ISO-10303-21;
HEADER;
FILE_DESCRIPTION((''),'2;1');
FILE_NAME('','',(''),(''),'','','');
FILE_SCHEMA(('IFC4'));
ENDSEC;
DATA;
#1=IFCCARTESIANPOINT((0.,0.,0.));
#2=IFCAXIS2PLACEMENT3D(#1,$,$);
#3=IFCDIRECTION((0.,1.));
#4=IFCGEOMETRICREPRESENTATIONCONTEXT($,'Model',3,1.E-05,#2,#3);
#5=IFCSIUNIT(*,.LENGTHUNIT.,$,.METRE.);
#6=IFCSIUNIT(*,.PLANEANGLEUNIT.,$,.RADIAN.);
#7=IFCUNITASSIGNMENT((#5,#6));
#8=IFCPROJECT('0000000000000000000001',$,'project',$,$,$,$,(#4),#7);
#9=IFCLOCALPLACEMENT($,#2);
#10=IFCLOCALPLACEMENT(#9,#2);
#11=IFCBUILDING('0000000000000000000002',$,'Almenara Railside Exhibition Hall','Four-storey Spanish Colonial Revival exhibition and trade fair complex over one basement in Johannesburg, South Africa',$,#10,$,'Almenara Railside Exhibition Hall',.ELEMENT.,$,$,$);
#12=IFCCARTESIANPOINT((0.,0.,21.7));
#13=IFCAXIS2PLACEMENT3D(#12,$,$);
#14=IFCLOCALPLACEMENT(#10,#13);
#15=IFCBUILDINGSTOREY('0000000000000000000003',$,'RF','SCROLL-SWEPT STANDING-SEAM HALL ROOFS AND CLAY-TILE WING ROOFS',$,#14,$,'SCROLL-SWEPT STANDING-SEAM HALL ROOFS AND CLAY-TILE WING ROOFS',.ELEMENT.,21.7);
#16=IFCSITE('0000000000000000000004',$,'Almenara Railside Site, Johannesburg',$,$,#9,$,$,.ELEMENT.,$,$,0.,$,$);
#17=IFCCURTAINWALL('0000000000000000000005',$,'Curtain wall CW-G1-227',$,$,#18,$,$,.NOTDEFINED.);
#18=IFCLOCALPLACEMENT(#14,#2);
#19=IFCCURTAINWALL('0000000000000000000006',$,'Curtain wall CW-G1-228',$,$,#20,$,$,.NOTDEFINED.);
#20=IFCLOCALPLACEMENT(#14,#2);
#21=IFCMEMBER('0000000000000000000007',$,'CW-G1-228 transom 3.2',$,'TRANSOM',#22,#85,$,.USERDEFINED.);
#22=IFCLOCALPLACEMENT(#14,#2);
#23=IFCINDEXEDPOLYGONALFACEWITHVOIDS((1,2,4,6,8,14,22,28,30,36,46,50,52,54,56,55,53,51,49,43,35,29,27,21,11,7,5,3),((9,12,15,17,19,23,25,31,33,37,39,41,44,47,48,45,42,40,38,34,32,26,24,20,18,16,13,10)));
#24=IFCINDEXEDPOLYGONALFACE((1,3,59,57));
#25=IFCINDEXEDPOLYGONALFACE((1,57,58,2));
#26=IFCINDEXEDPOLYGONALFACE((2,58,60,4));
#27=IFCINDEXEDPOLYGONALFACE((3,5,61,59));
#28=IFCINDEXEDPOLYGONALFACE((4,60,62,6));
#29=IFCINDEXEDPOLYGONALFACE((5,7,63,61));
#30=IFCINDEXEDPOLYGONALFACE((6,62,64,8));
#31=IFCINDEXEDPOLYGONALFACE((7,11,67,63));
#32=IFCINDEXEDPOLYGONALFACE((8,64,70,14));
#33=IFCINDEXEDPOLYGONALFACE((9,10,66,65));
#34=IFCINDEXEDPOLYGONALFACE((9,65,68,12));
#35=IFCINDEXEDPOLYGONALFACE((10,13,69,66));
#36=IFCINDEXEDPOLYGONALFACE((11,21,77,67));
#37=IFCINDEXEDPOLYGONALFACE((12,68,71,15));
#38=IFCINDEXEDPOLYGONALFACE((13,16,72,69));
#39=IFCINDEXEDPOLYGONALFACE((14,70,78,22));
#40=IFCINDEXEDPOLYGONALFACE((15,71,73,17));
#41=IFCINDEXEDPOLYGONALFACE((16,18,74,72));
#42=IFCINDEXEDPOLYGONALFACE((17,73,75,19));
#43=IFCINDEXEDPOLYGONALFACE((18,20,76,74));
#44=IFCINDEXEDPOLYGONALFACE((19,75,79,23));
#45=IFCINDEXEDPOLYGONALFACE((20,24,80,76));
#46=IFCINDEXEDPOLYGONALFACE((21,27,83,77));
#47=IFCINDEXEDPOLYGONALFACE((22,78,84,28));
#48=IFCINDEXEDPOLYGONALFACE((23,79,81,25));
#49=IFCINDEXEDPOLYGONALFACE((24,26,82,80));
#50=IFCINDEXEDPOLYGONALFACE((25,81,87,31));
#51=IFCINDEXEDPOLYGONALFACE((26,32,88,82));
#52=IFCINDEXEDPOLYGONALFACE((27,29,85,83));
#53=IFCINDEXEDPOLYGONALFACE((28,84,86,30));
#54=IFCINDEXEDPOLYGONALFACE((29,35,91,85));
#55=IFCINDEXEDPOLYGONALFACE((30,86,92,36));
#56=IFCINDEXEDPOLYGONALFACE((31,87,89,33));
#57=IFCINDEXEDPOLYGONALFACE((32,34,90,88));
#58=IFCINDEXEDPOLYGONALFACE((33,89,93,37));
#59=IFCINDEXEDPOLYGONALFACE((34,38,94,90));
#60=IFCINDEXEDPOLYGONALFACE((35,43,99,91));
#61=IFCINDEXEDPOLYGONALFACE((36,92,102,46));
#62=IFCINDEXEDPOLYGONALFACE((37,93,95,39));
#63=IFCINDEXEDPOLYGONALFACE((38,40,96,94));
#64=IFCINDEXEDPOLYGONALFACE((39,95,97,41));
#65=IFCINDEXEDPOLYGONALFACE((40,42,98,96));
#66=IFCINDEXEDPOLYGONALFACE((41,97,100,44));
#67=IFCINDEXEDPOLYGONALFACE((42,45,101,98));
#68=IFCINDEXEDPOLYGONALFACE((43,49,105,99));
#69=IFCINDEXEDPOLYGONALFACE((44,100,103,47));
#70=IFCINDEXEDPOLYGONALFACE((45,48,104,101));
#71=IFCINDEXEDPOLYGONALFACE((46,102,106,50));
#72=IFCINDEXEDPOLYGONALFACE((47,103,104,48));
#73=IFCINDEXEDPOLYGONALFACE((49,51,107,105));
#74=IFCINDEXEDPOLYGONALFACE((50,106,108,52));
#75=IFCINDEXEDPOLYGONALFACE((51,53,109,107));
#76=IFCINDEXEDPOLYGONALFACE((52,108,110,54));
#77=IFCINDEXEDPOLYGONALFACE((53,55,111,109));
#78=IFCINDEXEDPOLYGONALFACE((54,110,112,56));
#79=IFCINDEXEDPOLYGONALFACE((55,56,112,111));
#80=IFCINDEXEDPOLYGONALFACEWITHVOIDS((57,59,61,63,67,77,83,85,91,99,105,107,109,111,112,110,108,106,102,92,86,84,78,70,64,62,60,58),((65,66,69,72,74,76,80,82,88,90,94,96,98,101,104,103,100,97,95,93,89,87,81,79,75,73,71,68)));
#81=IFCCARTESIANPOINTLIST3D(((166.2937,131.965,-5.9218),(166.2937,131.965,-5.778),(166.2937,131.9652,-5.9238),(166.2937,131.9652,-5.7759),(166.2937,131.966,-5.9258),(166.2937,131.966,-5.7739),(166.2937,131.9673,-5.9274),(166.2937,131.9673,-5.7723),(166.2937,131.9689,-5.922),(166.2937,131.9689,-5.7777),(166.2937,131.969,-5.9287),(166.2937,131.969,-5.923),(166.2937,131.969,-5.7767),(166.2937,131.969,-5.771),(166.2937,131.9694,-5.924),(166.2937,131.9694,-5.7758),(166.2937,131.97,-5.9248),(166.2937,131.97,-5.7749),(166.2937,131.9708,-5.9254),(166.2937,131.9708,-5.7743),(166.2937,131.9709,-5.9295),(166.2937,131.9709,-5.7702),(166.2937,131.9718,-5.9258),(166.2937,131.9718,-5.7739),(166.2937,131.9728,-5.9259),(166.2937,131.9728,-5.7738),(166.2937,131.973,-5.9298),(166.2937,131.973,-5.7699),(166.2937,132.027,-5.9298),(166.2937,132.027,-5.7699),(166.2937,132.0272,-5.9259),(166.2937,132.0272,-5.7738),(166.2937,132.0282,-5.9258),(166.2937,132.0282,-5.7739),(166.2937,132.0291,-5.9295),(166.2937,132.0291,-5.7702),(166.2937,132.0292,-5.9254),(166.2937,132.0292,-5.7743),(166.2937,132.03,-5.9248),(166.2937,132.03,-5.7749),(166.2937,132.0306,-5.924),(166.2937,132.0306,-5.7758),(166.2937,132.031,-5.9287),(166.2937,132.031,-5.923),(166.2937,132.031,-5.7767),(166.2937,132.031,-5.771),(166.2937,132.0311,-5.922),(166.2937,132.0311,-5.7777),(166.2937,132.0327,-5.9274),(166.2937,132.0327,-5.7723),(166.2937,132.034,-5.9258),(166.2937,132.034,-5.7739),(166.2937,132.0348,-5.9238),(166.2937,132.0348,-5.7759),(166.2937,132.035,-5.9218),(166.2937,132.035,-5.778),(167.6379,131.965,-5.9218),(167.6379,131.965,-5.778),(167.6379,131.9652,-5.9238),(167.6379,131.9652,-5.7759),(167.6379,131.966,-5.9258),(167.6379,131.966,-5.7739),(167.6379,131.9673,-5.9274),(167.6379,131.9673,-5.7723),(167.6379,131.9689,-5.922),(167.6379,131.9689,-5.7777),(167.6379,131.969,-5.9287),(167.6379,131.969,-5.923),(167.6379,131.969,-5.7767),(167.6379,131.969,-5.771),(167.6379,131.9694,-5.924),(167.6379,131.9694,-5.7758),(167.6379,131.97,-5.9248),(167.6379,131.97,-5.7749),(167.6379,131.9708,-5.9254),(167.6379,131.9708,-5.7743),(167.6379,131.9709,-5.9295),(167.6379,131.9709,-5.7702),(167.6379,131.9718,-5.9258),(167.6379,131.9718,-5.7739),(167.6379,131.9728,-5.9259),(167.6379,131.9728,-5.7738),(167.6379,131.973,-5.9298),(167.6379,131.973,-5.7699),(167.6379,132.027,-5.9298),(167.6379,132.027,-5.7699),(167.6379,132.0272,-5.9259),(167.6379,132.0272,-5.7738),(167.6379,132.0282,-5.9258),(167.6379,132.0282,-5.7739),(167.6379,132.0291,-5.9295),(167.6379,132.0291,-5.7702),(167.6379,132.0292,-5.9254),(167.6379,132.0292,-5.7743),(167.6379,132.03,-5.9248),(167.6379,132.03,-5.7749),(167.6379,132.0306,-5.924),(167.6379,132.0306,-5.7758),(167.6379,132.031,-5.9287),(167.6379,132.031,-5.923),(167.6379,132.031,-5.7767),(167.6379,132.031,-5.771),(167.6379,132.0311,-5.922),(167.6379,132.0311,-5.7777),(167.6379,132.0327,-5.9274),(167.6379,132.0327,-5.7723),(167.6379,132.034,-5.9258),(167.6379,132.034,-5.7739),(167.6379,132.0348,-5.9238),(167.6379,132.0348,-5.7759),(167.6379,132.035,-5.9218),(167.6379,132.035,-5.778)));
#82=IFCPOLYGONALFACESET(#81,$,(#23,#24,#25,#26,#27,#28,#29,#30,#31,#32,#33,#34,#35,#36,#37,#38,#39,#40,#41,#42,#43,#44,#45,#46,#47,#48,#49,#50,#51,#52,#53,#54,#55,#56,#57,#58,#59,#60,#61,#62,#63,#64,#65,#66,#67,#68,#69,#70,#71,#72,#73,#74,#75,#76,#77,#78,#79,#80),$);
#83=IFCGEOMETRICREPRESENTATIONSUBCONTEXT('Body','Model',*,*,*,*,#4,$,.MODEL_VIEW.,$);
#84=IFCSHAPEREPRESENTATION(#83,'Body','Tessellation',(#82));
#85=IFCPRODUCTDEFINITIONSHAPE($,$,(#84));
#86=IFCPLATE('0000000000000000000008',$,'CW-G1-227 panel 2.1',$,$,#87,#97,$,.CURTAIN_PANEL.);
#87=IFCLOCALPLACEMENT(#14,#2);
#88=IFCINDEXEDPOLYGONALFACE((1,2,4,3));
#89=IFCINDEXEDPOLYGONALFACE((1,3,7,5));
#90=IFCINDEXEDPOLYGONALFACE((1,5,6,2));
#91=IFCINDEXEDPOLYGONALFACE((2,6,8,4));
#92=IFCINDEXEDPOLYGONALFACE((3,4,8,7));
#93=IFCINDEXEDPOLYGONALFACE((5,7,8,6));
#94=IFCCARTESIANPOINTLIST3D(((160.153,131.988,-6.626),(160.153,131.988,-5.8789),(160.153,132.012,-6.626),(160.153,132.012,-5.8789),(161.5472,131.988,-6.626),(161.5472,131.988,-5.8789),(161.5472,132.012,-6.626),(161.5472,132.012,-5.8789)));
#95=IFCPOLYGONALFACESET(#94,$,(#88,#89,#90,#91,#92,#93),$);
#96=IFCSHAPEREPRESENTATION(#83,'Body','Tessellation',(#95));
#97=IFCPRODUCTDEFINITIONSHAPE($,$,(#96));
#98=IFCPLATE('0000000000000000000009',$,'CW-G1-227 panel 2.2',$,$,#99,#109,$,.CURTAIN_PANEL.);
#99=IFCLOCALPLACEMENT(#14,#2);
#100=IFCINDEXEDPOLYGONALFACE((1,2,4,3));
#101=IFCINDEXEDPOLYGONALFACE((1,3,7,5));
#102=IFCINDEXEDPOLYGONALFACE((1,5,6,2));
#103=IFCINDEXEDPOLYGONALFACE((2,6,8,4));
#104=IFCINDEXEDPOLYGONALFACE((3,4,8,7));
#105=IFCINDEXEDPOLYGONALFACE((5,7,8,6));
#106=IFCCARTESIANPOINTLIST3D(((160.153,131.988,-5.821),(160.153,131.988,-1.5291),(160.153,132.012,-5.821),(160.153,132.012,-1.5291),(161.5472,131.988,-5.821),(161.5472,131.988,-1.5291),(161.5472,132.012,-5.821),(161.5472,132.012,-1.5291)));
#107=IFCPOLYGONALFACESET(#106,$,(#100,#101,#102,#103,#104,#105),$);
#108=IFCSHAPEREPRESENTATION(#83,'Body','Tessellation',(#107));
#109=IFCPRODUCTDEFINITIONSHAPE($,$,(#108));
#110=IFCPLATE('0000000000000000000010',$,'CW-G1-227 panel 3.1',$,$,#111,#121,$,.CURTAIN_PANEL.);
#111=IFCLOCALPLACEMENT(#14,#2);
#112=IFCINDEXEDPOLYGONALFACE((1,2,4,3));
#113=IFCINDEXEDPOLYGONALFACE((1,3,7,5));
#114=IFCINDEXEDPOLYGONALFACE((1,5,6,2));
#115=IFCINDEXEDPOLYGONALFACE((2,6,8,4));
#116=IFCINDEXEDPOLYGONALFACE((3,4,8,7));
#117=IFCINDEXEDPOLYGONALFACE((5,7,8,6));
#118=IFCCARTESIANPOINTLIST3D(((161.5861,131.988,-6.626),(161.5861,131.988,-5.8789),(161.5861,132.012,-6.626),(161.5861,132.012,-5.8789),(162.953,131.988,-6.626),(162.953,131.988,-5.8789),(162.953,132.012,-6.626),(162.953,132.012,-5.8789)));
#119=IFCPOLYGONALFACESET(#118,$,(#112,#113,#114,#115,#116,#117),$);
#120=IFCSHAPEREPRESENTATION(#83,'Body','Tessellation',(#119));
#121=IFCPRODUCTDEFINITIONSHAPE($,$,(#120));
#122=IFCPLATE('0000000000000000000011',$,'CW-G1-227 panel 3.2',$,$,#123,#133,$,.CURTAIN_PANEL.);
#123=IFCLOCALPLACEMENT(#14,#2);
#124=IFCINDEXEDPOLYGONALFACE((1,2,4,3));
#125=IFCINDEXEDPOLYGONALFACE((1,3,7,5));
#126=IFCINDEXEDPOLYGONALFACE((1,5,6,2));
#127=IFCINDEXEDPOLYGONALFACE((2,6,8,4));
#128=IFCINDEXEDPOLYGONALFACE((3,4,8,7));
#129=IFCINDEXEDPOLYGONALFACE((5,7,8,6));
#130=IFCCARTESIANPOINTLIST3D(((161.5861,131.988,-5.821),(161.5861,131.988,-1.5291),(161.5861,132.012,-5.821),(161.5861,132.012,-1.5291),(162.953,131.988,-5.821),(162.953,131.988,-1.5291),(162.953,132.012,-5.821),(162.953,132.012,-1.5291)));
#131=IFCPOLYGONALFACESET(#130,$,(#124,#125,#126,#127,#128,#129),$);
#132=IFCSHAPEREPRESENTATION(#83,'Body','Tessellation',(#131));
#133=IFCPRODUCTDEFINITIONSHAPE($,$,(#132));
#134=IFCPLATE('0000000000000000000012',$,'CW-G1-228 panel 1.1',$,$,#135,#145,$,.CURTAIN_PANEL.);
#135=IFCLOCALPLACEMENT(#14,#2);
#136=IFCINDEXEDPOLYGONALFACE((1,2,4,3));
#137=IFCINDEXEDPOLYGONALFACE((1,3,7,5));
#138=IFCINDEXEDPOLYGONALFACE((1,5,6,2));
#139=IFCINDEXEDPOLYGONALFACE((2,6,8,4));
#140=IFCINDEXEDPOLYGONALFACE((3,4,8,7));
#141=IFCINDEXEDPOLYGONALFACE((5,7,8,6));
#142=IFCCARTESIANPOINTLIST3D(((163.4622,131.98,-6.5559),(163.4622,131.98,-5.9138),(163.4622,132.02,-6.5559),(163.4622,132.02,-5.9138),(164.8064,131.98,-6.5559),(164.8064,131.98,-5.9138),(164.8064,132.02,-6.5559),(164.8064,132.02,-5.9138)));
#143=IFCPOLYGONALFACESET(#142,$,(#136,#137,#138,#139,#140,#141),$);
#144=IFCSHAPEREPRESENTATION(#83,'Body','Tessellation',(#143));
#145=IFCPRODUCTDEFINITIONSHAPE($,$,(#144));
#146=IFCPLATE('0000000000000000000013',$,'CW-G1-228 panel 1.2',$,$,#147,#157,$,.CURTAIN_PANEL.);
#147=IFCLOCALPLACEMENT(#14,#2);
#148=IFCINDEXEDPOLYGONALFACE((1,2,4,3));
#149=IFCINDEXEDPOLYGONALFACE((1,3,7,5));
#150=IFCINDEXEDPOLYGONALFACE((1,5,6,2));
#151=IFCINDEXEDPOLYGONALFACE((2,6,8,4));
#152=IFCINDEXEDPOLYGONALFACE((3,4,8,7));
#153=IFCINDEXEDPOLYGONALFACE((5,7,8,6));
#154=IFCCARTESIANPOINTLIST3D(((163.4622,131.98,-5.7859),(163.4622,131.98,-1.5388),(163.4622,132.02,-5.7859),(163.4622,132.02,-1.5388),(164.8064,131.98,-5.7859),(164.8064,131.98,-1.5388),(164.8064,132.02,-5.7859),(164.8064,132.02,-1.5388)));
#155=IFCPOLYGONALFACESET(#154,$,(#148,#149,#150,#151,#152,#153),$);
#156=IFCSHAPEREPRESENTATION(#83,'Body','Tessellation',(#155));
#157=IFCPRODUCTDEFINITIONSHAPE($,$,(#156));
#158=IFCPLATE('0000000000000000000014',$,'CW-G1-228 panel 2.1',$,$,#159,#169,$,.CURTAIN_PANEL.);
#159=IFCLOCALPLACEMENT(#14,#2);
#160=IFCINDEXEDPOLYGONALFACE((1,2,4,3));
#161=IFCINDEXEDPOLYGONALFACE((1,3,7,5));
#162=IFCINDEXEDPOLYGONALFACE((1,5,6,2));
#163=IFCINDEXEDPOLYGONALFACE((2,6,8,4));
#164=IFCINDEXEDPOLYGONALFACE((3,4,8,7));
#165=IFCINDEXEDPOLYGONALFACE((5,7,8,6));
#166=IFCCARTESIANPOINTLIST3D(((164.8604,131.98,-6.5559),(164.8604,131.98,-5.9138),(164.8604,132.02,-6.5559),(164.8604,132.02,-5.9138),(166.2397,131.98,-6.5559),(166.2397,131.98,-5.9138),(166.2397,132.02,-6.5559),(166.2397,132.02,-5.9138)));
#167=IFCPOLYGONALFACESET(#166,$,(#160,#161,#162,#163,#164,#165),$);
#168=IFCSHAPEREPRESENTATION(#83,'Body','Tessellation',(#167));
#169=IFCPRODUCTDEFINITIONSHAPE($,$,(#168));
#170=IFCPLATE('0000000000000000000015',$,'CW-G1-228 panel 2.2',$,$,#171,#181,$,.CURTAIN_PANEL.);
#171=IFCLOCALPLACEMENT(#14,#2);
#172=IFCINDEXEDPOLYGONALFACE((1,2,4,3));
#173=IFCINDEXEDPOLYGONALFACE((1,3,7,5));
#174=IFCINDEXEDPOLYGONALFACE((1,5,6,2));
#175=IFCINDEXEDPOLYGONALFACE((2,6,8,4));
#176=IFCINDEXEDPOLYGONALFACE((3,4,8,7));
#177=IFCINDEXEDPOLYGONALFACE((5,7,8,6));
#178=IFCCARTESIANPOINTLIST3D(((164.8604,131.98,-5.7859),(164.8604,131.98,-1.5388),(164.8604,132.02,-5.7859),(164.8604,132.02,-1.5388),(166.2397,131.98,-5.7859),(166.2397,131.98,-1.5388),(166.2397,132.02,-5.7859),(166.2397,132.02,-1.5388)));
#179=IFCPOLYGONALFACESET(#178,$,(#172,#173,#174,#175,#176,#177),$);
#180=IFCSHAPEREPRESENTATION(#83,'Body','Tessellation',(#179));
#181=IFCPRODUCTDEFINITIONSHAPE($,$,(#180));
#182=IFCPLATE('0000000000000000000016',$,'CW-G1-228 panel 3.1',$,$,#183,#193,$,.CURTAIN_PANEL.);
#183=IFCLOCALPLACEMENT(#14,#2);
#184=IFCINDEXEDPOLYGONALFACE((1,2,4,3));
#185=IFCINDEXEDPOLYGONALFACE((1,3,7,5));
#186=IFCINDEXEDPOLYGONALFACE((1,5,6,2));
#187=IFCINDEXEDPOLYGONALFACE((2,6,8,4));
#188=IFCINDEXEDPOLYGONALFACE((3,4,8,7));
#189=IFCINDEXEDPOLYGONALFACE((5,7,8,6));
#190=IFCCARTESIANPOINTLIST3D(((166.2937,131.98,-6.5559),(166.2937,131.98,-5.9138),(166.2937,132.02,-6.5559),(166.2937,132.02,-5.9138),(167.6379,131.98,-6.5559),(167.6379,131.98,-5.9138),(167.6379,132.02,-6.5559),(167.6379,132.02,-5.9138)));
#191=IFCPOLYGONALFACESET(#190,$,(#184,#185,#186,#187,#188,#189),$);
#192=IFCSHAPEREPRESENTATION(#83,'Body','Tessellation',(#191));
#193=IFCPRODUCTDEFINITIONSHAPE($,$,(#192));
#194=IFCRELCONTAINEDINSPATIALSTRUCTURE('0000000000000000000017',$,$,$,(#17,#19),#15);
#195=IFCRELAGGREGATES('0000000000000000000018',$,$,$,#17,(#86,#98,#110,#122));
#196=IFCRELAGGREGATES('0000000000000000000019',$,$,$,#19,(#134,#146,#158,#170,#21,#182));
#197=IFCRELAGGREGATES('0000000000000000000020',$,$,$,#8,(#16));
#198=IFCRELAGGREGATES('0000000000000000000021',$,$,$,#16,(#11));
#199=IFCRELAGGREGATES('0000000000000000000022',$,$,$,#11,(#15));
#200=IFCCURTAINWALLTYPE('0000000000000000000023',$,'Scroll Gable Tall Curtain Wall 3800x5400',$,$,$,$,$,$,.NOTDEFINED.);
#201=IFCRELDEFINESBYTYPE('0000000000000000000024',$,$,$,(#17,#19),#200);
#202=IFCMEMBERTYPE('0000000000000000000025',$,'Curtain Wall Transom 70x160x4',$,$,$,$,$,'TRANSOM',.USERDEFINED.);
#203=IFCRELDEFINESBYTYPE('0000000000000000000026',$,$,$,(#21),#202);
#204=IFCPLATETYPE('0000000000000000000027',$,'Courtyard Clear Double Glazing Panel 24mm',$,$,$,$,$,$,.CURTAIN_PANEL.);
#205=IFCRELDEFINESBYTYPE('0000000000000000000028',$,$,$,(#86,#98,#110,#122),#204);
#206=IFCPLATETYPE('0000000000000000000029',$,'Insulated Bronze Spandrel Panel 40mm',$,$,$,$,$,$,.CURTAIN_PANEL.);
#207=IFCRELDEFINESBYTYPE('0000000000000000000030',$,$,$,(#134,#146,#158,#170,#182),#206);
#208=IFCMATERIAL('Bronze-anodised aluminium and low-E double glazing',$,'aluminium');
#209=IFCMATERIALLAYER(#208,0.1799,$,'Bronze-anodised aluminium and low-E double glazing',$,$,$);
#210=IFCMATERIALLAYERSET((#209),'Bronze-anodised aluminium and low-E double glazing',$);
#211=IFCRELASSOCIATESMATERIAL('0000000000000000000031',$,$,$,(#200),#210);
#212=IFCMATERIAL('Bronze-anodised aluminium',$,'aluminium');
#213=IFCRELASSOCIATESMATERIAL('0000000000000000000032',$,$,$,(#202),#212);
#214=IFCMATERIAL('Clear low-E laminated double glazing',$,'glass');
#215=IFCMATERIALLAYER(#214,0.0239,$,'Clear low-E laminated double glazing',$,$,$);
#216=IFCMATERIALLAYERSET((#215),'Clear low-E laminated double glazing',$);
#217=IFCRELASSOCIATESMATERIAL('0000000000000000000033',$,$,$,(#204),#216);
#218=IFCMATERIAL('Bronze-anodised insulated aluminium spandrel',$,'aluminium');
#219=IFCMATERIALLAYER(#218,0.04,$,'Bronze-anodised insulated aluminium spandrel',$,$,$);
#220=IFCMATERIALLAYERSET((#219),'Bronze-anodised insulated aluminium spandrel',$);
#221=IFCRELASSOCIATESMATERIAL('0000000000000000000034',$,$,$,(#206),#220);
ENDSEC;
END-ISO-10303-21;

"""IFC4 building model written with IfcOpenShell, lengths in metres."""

from ifc_helpers import new_model, si_unit, direction, frame, origin, origin_2d, place, context, subcontext, project, spatial, rectangle, hollow_rectangle, extrude, material, layer, layer_set, material_profile, profile_set, type_object, element, aggregate, save


model = new_model("IFC4")

# Units and contexts
model_context = context("Model", 3, precision=1e-05, world=origin(), true_north=direction((0.0, 1.0)))
body_context = subcontext(model_context, "Body", "Model", "MODEL_VIEW")
ifc_project = project(units=[si_unit("LENGTHUNIT", "METRE"), si_unit("PLANEANGLEUNIT", "RADIAN")], contexts=[model_context])

# Site, building, storey
site_placement = place(None, origin())
site = spatial("IfcSite", under=ifc_project, at=site_placement, Name="Almenara Railside Site, Johannesburg", CompositionType="ELEMENT", RefElevation=0.0)
building_placement = place(site_placement, origin())
building = spatial("IfcBuilding", under=site, at=building_placement, Name="Almenara Railside Exhibition Hall", Description="Four-storey Spanish Colonial Revival exhibition and trade fair complex over one basement in Johannesburg, South Africa", LongName="Almenara Railside Exhibition Hall", CompositionType="ELEMENT")
storey_placement = place(building_placement, frame((0.0, 0.0, 21.7)))
storey = spatial("IfcBuildingStorey", under=building, at=storey_placement, Name="RF", Description="SCROLL-SWEPT STANDING-SEAM HALL ROOFS AND CLAY-TILE WING ROOFS", LongName="SCROLL-SWEPT STANDING-SEAM HALL ROOFS AND CLAY-TILE WING ROOFS", CompositionType="ELEMENT", Elevation=21.7)

# Curtain walls
ifc_material_1 = material(Name="Bronze-anodised aluminium and low-E double glazing", Category="aluminium")
ifc_layer_1 = layer(ifc_material_1, 0.1799, Name="Bronze-anodised aluminium and low-E double glazing")
ifc_layer_set_1 = layer_set([ifc_layer_1], Name="Bronze-anodised aluminium and low-E double glazing")
curtain_wall_type = type_object("IfcCurtainWallType", Name="Scroll Gable Tall Curtain Wall 3800x5400", PredefinedType="NOTDEFINED", material=ifc_layer_set_1)
curtain_wall_1_placement = place(storey_placement, origin())
curtain_wall_1 = element("IfcCurtainWall", 1, at=curtain_wall_1_placement, inside=storey, type_object=curtain_wall_type, Name="Curtain wall CW-G1-227", PredefinedType="NOTDEFINED")
ifc_material_2 = material(Name="Bronze-anodised aluminium", Category="aluminium")
curtain_wall_2_placement = place(storey_placement, origin())
curtain_wall_2 = element("IfcCurtainWall", 2, at=curtain_wall_2_placement, inside=storey, type_object=curtain_wall_type, Name="Curtain wall CW-G1-228", PredefinedType="NOTDEFINED")

# Member
ifc_material_profile_1 = material_profile(ifc_material_2, hollow_rectangle(XDim=0.0701, YDim=0.1599, WallThickness=0.0039, InnerFilletRadius=0.0039, OuterFilletRadius=0.0081, at=origin_2d()), Name="ALU-TRN 70x160x4")
ifc_profile_set_1 = profile_set([ifc_material_profile_1], Name="Bronze-anodised aluminium")
member_type_1 = type_object("IfcMemberType", Name="Curtain Wall Transom 70x160x4", ElementType="TRANSOM", PredefinedType="USERDEFINED", material=ifc_profile_set_1)
member_1_placement = place(storey_placement, frame((166.2937, 132.0, -5.8499), z_axis=(1.0, 0.0, 0.0), x_axis=(0.0, 1.0, 0.0)))
member_1 = element("IfcMember", 3, at=member_1_placement, type_object=member_type_1, Name="CW-G1-228 transom 3.2", ObjectType="TRANSOM", PredefinedType="USERDEFINED", context=body_context, shape_type="SweptSolid", body=[
    extrude(hollow_rectangle(XDim=0.0701, YDim=0.1599, WallThickness=0.0039, InnerFilletRadius=0.0039, OuterFilletRadius=0.0081, at=origin_2d()), origin(), (0.0, 0.0, 1.0), 1.3442),
])

# Plates
ifc_material_3 = material(Name="Clear low-E laminated double glazing", Category="glass")
ifc_layer_2 = layer(ifc_material_3, 0.0239, Name="Clear low-E laminated double glazing")
ifc_layer_set_2 = layer_set([ifc_layer_2], Name="Clear low-E laminated double glazing")
plate_type_1 = type_object("IfcPlateType", Name="Courtyard Clear Double Glazing Panel 24mm", PredefinedType="CURTAIN_PANEL", material=ifc_layer_set_2)
plate_1_placement = place(storey_placement, frame((160.8501, 132.0, -6.626), z_axis=(0.0, 0.0, 1.0), x_axis=(1.0, 0.0, 0.0)))
plate_1 = element("IfcPlate", 4, at=plate_1_placement, type_object=plate_type_1, Name="CW-G1-227 panel 2.1", PredefinedType="CURTAIN_PANEL", context=body_context, shape_type="SweptSolid", body=[
    extrude(rectangle(XDim=1.3943, YDim=0.0239, at=origin_2d()), origin(), (0.0, 0.0, 1.0), 0.7471),
])
plate_2_placement = place(storey_placement, frame((160.8501, 132.0, -5.821), z_axis=(0.0, 0.0, 1.0), x_axis=(1.0, 0.0, 0.0)))
plate_2 = element("IfcPlate", 5, at=plate_2_placement, type_object=plate_type_1, Name="CW-G1-227 panel 2.2", PredefinedType="CURTAIN_PANEL", context=body_context, shape_type="SweptSolid", body=[
    extrude(rectangle(XDim=1.3943, YDim=0.0239, at=origin_2d()), origin(), (0.0, 0.0, 1.0), 4.292),
])
plate_3_placement = place(storey_placement, frame((162.2695, 132.0, -6.626), z_axis=(0.0, 0.0, 1.0), x_axis=(1.0, 0.0, 0.0)))
plate_3 = element("IfcPlate", 6, at=plate_3_placement, type_object=plate_type_1, Name="CW-G1-227 panel 3.1", PredefinedType="CURTAIN_PANEL", context=body_context, shape_type="SweptSolid", body=[
    extrude(rectangle(XDim=1.3669, YDim=0.0239, at=origin_2d()), origin(), (0.0, 0.0, 1.0), 0.7471),
])
plate_4_placement = place(storey_placement, frame((162.2695, 132.0, -5.821), z_axis=(0.0, 0.0, 1.0), x_axis=(1.0, 0.0, 0.0)))
plate_4 = element("IfcPlate", 7, at=plate_4_placement, type_object=plate_type_1, Name="CW-G1-227 panel 3.2", PredefinedType="CURTAIN_PANEL", context=body_context, shape_type="SweptSolid", body=[
    extrude(rectangle(XDim=1.3669, YDim=0.0239, at=origin_2d()), origin(), (0.0, 0.0, 1.0), 4.292),
])
aggregate(curtain_wall_1, [plate_1, plate_2, plate_3, plate_4])
ifc_material_4 = material(Name="Bronze-anodised insulated aluminium spandrel", Category="aluminium")
ifc_layer_3 = layer(ifc_material_4, 0.04, Name="Bronze-anodised insulated aluminium spandrel")
ifc_layer_set_3 = layer_set([ifc_layer_3], Name="Bronze-anodised insulated aluminium spandrel")
plate_type_2 = type_object("IfcPlateType", Name="Insulated Bronze Spandrel Panel 40mm", PredefinedType="CURTAIN_PANEL", material=ifc_layer_set_3)
plate_5_placement = place(storey_placement, frame((164.1343, 132.0, -6.5559), z_axis=(0.0, 0.0, 1.0), x_axis=(1.0, 0.0, 0.0)))
plate_5 = element("IfcPlate", 8, at=plate_5_placement, type_object=plate_type_2, Name="CW-G1-228 panel 1.1", PredefinedType="CURTAIN_PANEL", context=body_context, shape_type="SweptSolid", body=[
    extrude(rectangle(XDim=1.3442, YDim=0.04, at=origin_2d()), origin(), (0.0, 0.0, 1.0), 0.6421),
])
plate_6_placement = place(storey_placement, frame((164.1343, 132.0, -5.7859), z_axis=(0.0, 0.0, 1.0), x_axis=(1.0, 0.0, 0.0)))
plate_6 = element("IfcPlate", 9, at=plate_6_placement, type_object=plate_type_2, Name="CW-G1-228 panel 1.2", PredefinedType="CURTAIN_PANEL", context=body_context, shape_type="SweptSolid", body=[
    extrude(rectangle(XDim=1.3442, YDim=0.04, at=origin_2d()), origin(), (0.0, 0.0, 1.0), 4.2471),
])
plate_7_placement = place(storey_placement, frame((165.55, 132.0, -6.5559), z_axis=(0.0, 0.0, 1.0), x_axis=(1.0, 0.0, 0.0)))
plate_7 = element("IfcPlate", 10, at=plate_7_placement, type_object=plate_type_2, Name="CW-G1-228 panel 2.1", PredefinedType="CURTAIN_PANEL", context=body_context, shape_type="SweptSolid", body=[
    extrude(rectangle(XDim=1.3794, YDim=0.04, at=origin_2d()), origin(), (0.0, 0.0, 1.0), 0.6421),
])
plate_8_placement = place(storey_placement, frame((165.55, 132.0, -5.7859), z_axis=(0.0, 0.0, 1.0), x_axis=(1.0, 0.0, 0.0)))
plate_8 = element("IfcPlate", 11, at=plate_8_placement, type_object=plate_type_2, Name="CW-G1-228 panel 2.2", PredefinedType="CURTAIN_PANEL", context=body_context, shape_type="SweptSolid", body=[
    extrude(rectangle(XDim=1.3794, YDim=0.04, at=origin_2d()), origin(), (0.0, 0.0, 1.0), 4.2471),
])
plate_9_placement = place(storey_placement, frame((166.9658, 132.0, -6.5559), z_axis=(0.0, 0.0, 1.0), x_axis=(1.0, 0.0, 0.0)))
plate_9 = element("IfcPlate", 12, at=plate_9_placement, type_object=plate_type_2, Name="CW-G1-228 panel 3.1", PredefinedType="CURTAIN_PANEL", context=body_context, shape_type="SweptSolid", body=[
    extrude(rectangle(XDim=1.3442, YDim=0.04, at=origin_2d()), origin(), (0.0, 0.0, 1.0), 0.6421),
])
aggregate(curtain_wall_2, [plate_5, plate_6, plate_7, plate_8, member_1, plate_9])

save(model, "model.ifc")
